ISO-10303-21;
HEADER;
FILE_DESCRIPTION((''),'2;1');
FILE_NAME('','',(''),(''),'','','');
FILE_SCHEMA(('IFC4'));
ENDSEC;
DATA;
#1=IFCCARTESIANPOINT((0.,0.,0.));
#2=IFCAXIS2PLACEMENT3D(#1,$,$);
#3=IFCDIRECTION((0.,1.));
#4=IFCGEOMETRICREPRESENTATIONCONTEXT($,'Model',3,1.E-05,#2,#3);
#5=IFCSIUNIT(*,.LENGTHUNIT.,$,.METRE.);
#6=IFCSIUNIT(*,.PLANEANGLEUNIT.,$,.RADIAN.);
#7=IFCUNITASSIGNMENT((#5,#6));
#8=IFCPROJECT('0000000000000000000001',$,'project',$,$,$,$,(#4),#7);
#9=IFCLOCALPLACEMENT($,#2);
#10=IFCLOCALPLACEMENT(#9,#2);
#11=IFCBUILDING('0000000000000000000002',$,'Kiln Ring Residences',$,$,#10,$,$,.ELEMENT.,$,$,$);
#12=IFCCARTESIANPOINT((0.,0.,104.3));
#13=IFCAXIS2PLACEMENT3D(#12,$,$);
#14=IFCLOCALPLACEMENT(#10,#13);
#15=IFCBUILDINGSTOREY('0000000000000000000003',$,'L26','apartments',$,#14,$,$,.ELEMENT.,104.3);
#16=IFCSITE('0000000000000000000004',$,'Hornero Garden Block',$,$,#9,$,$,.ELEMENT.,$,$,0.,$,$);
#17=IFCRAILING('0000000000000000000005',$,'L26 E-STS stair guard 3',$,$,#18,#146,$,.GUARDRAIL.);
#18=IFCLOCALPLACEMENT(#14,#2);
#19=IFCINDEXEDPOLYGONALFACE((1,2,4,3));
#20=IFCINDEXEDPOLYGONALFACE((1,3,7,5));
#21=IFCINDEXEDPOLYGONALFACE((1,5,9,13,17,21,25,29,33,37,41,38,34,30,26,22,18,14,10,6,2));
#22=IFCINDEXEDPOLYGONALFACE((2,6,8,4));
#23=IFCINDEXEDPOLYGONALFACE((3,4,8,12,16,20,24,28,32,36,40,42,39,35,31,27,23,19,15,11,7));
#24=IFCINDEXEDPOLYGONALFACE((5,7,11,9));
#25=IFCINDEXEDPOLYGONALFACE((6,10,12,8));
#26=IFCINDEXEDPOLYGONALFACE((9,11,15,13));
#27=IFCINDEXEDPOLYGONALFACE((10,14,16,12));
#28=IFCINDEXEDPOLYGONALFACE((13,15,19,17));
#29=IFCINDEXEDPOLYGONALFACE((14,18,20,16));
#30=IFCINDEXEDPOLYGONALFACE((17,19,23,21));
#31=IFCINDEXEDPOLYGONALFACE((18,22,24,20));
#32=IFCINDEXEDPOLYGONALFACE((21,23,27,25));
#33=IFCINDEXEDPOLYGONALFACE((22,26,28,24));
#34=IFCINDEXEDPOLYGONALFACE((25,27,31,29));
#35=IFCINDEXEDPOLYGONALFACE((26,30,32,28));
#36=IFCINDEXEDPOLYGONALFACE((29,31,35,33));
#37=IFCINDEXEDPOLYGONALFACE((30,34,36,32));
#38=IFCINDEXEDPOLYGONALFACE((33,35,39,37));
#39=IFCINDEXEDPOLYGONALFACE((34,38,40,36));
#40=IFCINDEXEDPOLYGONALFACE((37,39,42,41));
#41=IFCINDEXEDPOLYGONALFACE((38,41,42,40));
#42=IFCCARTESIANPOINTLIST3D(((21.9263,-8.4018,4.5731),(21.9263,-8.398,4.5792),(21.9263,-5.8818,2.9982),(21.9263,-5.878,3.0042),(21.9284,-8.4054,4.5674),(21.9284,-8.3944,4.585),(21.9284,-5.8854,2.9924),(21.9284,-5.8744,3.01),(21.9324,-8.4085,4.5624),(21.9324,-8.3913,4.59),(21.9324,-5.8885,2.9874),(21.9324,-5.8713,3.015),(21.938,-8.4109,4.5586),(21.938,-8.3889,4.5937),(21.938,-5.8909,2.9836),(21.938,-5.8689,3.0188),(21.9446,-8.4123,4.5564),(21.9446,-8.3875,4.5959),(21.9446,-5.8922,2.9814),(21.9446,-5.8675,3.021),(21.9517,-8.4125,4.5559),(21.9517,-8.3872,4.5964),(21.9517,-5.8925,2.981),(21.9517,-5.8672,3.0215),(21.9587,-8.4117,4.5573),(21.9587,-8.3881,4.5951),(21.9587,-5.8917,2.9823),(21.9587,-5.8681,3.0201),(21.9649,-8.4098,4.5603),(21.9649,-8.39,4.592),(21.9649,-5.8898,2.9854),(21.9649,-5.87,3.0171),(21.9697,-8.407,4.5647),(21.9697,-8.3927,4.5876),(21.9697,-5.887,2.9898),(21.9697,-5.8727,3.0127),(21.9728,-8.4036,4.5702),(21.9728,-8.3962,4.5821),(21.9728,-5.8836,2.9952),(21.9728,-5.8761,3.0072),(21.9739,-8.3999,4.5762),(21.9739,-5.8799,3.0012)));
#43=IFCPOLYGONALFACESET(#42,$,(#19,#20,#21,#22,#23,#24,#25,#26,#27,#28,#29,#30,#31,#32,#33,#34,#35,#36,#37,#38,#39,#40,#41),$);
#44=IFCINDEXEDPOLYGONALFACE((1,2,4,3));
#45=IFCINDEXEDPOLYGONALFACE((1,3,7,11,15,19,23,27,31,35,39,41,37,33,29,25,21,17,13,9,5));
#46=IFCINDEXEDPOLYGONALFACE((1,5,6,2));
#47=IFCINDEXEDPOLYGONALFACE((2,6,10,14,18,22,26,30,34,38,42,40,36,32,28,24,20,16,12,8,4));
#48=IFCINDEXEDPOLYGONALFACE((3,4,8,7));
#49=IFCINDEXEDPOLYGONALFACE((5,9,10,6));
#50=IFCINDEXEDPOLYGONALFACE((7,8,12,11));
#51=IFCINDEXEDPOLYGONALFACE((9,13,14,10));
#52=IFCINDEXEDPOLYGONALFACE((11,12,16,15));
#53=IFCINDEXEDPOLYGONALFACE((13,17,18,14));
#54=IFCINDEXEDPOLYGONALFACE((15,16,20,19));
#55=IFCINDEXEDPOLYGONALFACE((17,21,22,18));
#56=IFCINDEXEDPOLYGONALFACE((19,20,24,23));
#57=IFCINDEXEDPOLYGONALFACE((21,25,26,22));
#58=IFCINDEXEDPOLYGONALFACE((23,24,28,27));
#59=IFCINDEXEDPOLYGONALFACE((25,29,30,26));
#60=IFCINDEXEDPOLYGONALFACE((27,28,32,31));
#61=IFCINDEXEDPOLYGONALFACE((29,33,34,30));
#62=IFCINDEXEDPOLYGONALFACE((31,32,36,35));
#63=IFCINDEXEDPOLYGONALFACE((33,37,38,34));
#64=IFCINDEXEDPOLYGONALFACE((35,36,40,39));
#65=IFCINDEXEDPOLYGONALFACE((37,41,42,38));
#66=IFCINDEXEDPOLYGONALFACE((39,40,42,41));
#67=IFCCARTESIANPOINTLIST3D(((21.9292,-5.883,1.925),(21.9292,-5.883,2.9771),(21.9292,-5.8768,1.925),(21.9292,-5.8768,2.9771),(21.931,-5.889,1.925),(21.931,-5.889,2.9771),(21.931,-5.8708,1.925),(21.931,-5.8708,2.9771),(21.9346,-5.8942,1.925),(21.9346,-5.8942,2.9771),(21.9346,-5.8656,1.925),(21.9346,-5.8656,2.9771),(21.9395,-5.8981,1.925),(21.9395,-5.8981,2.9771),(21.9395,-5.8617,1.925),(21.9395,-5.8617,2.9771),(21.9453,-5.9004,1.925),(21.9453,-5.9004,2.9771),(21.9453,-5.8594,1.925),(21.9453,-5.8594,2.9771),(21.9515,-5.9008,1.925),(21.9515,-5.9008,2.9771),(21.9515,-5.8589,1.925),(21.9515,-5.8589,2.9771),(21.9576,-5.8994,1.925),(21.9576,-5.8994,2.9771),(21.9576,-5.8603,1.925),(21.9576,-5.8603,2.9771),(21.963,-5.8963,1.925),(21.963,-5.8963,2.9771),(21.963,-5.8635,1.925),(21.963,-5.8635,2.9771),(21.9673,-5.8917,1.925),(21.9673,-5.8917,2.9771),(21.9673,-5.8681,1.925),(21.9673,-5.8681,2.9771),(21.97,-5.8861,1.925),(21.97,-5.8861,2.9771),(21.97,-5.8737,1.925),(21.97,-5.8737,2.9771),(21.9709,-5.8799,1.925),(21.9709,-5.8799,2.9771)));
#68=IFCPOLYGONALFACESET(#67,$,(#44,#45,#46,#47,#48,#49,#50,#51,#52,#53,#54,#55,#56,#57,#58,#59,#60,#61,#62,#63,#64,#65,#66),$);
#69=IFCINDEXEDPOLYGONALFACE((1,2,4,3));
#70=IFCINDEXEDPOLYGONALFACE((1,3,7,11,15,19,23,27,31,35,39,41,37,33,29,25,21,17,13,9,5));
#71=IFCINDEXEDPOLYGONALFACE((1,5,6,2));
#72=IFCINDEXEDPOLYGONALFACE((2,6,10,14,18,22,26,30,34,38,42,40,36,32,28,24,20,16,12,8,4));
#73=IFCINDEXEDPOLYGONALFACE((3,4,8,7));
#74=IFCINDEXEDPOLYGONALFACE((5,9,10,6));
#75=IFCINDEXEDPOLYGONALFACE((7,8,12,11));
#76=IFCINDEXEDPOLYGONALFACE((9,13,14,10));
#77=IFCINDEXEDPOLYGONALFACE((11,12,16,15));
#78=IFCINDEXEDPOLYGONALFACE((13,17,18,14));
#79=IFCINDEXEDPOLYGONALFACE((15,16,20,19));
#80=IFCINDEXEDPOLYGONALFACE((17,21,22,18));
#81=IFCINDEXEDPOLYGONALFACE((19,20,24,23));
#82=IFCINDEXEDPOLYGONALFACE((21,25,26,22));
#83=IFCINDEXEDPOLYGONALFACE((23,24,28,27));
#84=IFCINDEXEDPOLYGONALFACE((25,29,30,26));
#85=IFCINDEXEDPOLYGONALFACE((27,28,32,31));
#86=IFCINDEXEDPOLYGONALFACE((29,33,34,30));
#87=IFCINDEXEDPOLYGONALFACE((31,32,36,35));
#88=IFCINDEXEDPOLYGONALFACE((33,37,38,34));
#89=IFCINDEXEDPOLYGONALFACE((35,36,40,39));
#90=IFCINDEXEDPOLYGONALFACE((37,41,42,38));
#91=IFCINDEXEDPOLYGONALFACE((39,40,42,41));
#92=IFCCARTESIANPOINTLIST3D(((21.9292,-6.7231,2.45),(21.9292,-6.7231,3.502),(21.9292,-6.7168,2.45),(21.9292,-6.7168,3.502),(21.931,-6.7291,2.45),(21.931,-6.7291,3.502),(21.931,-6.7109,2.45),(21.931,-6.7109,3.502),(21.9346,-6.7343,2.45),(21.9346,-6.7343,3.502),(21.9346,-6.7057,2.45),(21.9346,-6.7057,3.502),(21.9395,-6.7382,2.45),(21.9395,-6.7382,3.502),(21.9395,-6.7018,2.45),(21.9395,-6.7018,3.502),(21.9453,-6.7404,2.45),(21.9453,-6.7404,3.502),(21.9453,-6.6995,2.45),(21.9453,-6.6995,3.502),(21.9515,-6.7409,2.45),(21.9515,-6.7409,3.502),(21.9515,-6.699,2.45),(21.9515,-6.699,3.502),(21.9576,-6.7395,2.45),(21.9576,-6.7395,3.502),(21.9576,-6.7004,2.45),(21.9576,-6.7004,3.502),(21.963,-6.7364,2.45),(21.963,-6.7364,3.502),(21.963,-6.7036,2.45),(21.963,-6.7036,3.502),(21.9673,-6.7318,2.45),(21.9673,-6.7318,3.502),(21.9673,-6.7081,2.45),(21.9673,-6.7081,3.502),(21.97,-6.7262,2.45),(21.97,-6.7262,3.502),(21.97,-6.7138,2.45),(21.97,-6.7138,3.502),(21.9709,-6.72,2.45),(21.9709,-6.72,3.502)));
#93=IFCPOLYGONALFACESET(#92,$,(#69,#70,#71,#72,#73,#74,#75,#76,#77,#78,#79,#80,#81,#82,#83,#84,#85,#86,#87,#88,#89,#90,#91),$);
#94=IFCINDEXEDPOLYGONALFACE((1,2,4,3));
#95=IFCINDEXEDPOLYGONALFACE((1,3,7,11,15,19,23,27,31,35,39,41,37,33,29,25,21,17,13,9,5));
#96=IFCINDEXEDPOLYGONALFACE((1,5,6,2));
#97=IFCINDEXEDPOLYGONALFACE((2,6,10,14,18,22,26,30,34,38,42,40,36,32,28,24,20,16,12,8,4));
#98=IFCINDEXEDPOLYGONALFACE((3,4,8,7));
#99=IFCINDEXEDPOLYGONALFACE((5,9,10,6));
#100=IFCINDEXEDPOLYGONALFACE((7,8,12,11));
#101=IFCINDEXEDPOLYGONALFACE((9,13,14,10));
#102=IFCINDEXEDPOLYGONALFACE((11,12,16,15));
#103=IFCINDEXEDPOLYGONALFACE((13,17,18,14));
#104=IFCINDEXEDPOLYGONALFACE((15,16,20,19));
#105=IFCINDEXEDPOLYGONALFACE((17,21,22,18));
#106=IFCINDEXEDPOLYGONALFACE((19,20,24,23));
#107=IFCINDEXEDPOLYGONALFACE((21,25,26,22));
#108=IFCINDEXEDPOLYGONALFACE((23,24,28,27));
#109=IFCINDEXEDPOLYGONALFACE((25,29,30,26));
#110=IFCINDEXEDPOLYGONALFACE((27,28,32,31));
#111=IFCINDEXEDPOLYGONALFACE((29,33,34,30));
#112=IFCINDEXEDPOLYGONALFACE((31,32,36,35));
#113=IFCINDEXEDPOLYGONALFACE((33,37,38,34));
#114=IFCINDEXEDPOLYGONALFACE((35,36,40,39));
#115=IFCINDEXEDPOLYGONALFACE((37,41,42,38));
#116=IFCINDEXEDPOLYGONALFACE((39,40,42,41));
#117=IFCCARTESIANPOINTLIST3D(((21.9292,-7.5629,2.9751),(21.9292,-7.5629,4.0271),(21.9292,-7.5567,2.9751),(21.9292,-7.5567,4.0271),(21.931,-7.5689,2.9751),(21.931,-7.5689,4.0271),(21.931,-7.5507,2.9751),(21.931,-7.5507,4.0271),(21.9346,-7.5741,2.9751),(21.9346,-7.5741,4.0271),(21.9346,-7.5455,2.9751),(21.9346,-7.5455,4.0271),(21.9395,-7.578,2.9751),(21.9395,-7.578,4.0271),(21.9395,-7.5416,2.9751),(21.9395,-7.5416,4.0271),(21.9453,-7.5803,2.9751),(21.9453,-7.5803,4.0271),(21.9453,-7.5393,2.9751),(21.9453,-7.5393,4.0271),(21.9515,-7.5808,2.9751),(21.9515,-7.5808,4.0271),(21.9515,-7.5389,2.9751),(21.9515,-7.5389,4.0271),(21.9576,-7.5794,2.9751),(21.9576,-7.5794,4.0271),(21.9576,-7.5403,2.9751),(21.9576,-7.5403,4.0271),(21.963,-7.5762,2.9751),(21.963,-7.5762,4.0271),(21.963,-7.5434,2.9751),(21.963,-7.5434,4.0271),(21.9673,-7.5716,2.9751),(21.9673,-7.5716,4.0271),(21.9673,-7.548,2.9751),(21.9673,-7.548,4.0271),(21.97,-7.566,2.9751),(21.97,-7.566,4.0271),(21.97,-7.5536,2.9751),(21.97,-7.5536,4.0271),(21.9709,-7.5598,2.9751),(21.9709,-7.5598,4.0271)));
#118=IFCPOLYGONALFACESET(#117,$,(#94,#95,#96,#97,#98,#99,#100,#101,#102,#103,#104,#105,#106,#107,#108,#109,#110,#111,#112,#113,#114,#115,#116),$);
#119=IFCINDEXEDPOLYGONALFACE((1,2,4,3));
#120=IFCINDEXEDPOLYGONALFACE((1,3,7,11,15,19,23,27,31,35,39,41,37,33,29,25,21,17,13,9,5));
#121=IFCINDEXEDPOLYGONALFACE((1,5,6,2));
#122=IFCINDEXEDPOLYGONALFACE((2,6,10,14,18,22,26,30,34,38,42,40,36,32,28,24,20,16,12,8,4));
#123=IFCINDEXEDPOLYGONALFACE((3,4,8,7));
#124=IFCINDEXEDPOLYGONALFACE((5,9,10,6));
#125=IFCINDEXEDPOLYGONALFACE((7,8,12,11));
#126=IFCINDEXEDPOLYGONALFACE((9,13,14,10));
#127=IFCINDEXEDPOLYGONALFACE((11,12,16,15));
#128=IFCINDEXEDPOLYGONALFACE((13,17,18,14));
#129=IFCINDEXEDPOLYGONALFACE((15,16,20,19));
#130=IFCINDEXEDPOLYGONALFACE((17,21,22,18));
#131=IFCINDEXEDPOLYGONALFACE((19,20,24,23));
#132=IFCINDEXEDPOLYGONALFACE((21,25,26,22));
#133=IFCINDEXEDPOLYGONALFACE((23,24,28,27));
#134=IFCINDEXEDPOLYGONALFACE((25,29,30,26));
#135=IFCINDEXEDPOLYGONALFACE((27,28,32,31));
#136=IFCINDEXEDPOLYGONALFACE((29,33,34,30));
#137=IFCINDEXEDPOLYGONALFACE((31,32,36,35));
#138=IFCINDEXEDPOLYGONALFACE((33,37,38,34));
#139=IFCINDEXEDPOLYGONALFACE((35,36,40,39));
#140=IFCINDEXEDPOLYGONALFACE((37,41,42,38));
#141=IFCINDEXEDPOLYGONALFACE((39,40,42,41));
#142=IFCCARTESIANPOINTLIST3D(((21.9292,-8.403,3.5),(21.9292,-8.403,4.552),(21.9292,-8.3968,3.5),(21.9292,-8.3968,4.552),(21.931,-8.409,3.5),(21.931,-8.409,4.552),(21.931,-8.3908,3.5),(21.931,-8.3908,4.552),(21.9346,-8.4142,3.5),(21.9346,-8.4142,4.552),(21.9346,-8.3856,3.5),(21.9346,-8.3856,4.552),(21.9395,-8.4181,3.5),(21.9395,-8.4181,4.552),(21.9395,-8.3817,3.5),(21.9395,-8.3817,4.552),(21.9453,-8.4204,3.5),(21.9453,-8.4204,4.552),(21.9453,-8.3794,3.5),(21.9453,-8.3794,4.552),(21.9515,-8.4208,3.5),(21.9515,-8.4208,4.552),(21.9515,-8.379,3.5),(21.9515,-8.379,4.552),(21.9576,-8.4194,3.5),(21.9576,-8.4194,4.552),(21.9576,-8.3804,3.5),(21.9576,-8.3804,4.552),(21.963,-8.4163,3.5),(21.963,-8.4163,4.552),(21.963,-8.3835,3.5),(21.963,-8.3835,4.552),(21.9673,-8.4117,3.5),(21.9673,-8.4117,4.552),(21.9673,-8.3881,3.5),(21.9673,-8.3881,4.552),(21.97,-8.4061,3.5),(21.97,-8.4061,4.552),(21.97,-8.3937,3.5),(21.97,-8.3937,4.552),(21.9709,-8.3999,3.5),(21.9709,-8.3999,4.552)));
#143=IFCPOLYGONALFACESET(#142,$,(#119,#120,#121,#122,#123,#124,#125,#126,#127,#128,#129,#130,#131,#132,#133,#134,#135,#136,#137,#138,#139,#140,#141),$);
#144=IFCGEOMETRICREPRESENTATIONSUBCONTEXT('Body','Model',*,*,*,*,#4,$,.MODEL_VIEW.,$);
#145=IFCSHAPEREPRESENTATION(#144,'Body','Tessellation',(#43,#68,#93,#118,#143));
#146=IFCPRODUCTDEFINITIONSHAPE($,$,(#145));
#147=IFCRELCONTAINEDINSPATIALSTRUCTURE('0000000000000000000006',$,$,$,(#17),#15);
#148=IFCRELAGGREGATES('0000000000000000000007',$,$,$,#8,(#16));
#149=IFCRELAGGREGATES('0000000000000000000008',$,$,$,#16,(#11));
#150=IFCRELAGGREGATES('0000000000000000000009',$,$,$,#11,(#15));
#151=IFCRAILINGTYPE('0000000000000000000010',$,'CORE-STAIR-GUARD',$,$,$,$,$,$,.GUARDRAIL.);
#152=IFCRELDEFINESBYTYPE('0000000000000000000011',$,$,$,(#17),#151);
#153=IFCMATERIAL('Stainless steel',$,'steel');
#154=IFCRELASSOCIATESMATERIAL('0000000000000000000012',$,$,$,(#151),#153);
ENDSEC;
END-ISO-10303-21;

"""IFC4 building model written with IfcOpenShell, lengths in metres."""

from ifc_helpers import new_model, si_unit, direction, frame, origin, origin_2d, place, context, subcontext, project, spatial, circle, extrude, material, type_object, element, save


model = new_model("IFC4")

# Units and contexts
model_context = context("Model", 3, precision=1e-05, world=origin(), true_north=direction((0.0, 1.0)))
body_context = subcontext(model_context, "Body", "Model", "MODEL_VIEW")
ifc_project = project(units=[si_unit("LENGTHUNIT", "METRE"), si_unit("PLANEANGLEUNIT", "RADIAN")], contexts=[model_context])

# Site, building, storey
site_placement = place(None, origin())
site = spatial("IfcSite", under=ifc_project, at=site_placement, Name="Hornero Garden Block", CompositionType="ELEMENT", RefElevation=0.0)
building_placement = place(site_placement, origin())
building = spatial("IfcBuilding", under=site, at=building_placement, Name="Kiln Ring Residences", CompositionType="ELEMENT")
storey_placement = place(building_placement, frame((0.0, 0.0, 104.3)))
storey = spatial("IfcBuildingStorey", under=building, at=storey_placement, Name="L26", Description="apartments", CompositionType="ELEMENT", Elevation=104.3)

# Railing
ifc_material_1 = material(Name="Stainless steel", Category="steel")
railing_type_1 = type_object("IfcRailingType", Name="CORE-STAIR-GUARD", PredefinedType="GUARDRAIL", material=ifc_material_1)
railing_1_placement = place(storey_placement, frame((21.95, -5.8799, 1.925)))
element("IfcRailing", 1, at=railing_1_placement, inside=storey, type_object=railing_type_1, Name="L26 E-STS stair guard 3", PredefinedType="GUARDRAIL", context=body_context, shape_type="SweptSolid", body=[
    extrude(circle(Radius=0.0239, at=origin_2d()), frame((0.0, 0.0, 1.0762), z_axis=(0.0, -0.848008, 0.529984), x_axis=(1.0, 0.0, 0.0)), (0.0, 0.0, 1.0), 2.9717),
    extrude(circle(Radius=0.021, at=origin_2d()), origin(), (0.0, 0.0, 1.0), 1.052),
    extrude(circle(Radius=0.021, at=origin_2d()), frame((0.0, -0.8401, 0.5249)), (0.0, 0.0, 1.0), 1.052),
    extrude(circle(Radius=0.021, at=origin_2d()), frame((0.0, -1.6799, 1.05)), (0.0, 0.0, 1.0), 1.052),
    extrude(circle(Radius=0.021, at=origin_2d()), frame((0.0, -2.52, 1.575)), (0.0, 0.0, 1.0), 1.052),
])

save(model, "model.ifc")
